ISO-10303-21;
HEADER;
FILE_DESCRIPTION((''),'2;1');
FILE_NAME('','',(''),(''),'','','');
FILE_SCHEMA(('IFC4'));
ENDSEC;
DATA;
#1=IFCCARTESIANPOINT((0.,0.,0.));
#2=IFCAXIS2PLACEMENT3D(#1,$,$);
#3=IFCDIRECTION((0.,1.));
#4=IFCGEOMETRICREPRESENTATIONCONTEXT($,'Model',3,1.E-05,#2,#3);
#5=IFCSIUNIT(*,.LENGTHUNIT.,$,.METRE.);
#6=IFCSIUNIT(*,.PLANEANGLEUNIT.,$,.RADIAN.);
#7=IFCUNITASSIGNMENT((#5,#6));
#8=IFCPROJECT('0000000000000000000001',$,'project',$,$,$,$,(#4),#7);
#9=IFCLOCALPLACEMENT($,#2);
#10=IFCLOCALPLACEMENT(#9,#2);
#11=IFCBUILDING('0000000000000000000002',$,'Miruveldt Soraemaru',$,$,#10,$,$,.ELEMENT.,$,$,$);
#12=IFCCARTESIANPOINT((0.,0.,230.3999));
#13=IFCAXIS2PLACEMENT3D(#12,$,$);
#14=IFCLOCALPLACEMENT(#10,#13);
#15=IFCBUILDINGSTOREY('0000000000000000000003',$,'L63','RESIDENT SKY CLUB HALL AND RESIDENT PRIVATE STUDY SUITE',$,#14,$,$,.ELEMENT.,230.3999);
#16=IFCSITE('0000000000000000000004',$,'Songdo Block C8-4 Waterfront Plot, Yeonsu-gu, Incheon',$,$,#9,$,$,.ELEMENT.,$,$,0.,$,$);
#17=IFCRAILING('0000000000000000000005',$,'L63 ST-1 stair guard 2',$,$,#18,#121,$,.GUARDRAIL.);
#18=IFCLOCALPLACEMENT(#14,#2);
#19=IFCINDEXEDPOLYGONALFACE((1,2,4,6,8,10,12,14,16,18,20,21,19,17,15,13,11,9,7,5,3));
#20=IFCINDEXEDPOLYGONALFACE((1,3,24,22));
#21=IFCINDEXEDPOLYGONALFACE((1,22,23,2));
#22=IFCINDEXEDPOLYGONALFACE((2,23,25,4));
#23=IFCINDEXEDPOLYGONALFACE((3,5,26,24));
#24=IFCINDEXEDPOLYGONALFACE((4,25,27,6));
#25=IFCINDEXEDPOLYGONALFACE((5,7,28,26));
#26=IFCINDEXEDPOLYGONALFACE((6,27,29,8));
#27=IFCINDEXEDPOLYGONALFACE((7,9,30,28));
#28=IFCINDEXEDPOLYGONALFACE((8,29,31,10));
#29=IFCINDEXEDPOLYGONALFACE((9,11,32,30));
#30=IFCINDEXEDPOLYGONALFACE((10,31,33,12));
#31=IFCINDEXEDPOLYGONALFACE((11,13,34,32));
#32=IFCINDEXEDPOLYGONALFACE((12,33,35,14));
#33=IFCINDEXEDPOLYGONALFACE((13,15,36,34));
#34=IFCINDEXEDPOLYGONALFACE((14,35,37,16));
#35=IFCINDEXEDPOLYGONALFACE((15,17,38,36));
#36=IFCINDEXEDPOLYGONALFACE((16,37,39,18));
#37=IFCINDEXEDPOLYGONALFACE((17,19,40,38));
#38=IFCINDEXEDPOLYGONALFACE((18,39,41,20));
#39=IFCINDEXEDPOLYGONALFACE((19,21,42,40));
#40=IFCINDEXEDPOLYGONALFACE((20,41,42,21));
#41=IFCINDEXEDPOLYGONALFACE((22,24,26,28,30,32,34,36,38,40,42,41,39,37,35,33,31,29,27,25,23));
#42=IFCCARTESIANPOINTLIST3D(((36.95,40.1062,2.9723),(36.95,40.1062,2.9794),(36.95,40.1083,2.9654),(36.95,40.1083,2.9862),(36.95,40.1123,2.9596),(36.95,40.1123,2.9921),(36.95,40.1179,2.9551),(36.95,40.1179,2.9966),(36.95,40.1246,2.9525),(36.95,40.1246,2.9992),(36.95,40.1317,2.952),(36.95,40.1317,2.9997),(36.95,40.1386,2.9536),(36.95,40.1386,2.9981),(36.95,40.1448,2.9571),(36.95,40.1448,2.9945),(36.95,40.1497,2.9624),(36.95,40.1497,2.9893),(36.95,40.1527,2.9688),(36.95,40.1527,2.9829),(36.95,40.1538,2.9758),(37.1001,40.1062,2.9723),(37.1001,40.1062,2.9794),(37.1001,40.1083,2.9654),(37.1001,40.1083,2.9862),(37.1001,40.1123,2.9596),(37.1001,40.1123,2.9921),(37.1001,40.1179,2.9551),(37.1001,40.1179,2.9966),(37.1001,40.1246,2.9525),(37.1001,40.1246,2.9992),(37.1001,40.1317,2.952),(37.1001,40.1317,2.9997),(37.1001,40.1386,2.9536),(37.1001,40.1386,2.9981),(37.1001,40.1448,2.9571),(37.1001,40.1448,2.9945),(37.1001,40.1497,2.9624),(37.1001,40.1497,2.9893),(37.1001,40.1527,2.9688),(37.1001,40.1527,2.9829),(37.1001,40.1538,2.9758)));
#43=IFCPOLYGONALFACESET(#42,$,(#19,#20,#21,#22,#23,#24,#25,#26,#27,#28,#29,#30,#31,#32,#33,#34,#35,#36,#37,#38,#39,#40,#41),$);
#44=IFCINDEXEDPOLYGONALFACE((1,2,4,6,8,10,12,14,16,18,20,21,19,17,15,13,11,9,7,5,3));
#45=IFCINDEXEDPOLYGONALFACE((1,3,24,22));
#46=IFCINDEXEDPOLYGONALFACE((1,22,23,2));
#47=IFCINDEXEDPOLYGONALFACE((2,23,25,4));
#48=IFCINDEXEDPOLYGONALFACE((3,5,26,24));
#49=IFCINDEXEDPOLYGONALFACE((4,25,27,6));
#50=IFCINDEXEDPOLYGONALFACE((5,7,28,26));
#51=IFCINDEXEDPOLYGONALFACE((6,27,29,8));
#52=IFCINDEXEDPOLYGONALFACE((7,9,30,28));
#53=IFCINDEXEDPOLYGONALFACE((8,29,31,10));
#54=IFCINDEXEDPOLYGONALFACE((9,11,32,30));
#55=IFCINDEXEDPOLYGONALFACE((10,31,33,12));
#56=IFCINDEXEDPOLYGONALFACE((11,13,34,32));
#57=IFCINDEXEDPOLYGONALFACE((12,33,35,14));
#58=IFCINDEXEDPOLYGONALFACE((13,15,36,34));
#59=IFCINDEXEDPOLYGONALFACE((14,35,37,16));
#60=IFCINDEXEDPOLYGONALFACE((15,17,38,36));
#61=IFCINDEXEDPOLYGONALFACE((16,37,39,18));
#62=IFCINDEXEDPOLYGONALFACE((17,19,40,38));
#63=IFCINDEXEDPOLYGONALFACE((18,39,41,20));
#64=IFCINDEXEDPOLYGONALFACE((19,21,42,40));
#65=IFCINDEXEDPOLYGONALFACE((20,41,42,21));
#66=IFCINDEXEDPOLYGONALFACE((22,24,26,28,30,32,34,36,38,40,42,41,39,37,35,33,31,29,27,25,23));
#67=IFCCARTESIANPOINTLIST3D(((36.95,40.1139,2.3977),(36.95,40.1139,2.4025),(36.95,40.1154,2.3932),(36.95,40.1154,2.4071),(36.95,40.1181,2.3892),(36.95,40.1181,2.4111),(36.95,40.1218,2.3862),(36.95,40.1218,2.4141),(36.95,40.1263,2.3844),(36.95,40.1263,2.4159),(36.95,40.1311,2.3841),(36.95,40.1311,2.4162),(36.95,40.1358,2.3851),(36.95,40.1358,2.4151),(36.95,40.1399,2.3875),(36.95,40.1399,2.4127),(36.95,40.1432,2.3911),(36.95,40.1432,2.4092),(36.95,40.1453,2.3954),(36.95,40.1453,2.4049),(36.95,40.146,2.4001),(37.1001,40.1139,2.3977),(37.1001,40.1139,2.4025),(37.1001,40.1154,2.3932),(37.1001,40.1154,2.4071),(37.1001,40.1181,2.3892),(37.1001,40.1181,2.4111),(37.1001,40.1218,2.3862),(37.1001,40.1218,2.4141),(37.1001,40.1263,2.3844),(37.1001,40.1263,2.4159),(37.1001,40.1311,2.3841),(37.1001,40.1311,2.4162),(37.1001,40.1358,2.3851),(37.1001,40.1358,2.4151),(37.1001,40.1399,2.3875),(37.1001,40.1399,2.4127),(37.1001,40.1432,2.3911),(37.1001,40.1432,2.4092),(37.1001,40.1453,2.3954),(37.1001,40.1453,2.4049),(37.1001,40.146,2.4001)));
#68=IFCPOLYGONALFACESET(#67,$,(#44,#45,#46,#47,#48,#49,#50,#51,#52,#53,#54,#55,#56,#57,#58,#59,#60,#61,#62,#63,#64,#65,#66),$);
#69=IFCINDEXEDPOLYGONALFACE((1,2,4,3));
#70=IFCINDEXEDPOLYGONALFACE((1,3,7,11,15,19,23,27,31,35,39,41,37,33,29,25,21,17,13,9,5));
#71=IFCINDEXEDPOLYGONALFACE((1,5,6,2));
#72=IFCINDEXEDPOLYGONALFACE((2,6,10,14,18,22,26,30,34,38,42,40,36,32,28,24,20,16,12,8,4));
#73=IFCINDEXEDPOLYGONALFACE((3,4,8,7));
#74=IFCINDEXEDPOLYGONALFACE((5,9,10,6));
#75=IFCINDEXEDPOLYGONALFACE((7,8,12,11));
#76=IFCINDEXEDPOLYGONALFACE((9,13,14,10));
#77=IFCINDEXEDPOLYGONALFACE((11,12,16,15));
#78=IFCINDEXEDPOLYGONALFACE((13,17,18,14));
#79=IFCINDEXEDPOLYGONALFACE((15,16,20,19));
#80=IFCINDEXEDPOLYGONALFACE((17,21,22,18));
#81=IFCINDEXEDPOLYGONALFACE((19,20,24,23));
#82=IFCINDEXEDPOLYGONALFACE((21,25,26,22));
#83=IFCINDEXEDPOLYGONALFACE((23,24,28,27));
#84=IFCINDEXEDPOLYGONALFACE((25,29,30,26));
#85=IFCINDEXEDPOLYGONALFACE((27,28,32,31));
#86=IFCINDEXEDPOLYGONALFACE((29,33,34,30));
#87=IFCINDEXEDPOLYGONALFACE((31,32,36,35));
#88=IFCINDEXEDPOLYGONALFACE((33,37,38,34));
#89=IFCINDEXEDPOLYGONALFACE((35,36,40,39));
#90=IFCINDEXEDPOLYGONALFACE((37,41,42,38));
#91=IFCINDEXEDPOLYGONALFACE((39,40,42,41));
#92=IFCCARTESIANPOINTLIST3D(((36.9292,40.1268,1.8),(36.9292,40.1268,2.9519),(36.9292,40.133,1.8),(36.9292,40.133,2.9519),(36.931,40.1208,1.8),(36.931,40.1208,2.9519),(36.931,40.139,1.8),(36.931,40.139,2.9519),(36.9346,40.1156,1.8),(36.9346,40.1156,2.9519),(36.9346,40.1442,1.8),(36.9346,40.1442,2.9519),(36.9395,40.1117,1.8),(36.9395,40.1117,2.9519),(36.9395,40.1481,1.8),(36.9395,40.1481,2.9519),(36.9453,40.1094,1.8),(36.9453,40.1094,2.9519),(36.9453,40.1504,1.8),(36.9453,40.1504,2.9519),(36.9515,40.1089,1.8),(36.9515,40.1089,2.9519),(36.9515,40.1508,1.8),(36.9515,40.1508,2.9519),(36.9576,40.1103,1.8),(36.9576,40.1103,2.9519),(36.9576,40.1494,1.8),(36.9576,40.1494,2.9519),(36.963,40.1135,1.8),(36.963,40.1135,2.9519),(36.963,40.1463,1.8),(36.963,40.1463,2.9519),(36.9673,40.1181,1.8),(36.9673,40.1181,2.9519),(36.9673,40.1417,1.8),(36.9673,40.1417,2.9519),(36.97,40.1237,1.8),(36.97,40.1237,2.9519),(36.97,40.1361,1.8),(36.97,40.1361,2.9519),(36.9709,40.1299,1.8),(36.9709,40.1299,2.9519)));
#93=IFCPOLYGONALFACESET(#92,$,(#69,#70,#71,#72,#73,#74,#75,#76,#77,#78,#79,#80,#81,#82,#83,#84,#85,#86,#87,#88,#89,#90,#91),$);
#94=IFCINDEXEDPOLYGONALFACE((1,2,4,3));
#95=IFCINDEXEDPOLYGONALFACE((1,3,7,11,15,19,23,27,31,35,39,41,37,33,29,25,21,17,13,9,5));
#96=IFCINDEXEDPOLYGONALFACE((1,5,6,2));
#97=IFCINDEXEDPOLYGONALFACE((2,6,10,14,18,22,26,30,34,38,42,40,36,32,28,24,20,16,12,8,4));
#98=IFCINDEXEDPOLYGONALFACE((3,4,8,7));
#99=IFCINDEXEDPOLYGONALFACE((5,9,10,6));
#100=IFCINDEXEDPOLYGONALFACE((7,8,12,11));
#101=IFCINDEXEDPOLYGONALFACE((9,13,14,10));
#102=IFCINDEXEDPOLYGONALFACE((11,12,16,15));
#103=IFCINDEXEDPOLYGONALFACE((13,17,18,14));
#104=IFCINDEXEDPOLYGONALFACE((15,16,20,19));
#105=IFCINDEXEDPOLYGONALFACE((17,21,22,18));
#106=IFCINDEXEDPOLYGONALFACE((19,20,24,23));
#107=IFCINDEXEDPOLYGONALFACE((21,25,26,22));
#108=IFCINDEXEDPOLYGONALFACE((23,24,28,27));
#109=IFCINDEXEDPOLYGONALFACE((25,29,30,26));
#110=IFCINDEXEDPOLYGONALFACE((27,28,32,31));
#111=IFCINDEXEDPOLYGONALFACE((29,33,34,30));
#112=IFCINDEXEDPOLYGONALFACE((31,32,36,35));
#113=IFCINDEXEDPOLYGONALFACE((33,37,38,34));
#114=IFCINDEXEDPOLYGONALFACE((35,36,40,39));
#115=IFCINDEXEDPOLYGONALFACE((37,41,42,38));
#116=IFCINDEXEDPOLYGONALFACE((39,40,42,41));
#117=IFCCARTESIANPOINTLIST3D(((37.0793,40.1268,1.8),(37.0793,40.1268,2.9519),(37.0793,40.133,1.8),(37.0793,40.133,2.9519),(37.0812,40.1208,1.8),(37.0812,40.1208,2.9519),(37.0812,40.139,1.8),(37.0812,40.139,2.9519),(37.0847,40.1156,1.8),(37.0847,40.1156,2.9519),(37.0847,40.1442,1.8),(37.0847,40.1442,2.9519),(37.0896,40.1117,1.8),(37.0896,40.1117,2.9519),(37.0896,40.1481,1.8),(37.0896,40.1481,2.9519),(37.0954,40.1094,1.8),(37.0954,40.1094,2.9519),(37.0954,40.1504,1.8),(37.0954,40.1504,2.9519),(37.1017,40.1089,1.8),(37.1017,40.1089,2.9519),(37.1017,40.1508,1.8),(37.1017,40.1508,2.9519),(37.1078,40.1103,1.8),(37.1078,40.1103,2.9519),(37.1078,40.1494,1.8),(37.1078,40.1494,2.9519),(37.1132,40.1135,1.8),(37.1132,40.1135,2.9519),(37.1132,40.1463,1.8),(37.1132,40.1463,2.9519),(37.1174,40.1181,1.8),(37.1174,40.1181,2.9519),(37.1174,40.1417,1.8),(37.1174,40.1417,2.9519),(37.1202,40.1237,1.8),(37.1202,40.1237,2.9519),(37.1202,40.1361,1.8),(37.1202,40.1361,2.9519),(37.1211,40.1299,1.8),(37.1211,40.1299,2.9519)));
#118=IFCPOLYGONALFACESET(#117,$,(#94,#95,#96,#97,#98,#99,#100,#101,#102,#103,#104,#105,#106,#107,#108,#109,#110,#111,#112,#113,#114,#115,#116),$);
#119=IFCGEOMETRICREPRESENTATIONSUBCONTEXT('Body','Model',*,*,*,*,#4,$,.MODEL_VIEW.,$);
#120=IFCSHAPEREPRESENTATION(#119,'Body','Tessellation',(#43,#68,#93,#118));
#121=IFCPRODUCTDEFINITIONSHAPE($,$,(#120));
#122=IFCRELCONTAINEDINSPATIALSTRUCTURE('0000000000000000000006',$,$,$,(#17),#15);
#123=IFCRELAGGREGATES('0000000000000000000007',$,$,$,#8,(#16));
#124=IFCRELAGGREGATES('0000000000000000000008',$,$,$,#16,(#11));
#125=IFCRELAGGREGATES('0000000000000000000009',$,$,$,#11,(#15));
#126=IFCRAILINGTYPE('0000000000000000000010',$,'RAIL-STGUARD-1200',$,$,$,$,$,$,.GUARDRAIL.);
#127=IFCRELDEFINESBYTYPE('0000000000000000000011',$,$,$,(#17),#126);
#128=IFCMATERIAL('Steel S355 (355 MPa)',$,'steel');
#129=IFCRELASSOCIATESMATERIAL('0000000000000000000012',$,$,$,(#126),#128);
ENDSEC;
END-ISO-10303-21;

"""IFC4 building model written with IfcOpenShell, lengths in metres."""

from ifc_helpers import new_model, si_unit, direction, frame, origin, origin_2d, place, context, subcontext, project, spatial, circle, extrude, material, type_object, element, save


model = new_model("IFC4")

# Units and contexts
model_context = context("Model", 3, precision=1e-05, world=origin(), true_north=direction((0.0, 1.0)))
body_context = subcontext(model_context, "Body", "Model", "MODEL_VIEW")
ifc_project = project(units=[si_unit("LENGTHUNIT", "METRE"), si_unit("PLANEANGLEUNIT", "RADIAN")], contexts=[model_context])

# Site, building, storey
site_placement = place(None, origin())
site = spatial("IfcSite", under=ifc_project, at=site_placement, Name="Songdo Block C8-4 Waterfront Plot, Yeonsu-gu, Incheon", CompositionType="ELEMENT", RefElevation=0.0)
building_placement = place(site_placement, origin())
building = spatial("IfcBuilding", under=site, at=building_placement, Name="Miruveldt Soraemaru", CompositionType="ELEMENT")
storey_placement = place(building_placement, frame((0.0, 0.0, 230.3999)))
storey = spatial("IfcBuildingStorey", under=building, at=storey_placement, Name="L63", Description="RESIDENT SKY CLUB HALL AND RESIDENT PRIVATE STUDY SUITE", CompositionType="ELEMENT", Elevation=230.3999)

# Railing
ifc_material_1 = material(Name="Steel S355 (355 MPa)", Category="steel")
railing_type_1 = type_object("IfcRailingType", Name="RAIL-STGUARD-1200", PredefinedType="GUARDRAIL", material=ifc_material_1)
railing_1_placement = place(storey_placement, frame((36.95, 40.1299, 1.8)))
element("IfcRailing", 1, at=railing_1_placement, inside=storey, type_object=railing_type_1, Name="L63 ST-1 stair guard 2", PredefinedType="GUARDRAIL", context=body_context, shape_type="SweptSolid", body=[
    extrude(circle(Radius=0.0239, at=origin_2d()), frame((0.0, 0.0, 1.1758), z_axis=(1.0, 0.0, 0.0), x_axis=(0.0, 1.0, 0.0)), (0.0, 0.0, 1.0), 0.1501),
    extrude(circle(Radius=0.0161, at=origin_2d()), frame((0.0, 0.0, 0.6001), z_axis=(1.0, 0.0, 0.0), x_axis=(0.0, 1.0, 0.0)), (0.0, 0.0, 1.0), 0.1501),
    extrude(circle(Radius=0.021, at=origin_2d()), origin(), (0.0, 0.0, 1.0), 1.1519),
    extrude(circle(Radius=0.021, at=origin_2d()), frame((0.1501, 0.0, 0.0)), (0.0, 0.0, 1.0), 1.1519),
])

save(model, "model.ifc")
